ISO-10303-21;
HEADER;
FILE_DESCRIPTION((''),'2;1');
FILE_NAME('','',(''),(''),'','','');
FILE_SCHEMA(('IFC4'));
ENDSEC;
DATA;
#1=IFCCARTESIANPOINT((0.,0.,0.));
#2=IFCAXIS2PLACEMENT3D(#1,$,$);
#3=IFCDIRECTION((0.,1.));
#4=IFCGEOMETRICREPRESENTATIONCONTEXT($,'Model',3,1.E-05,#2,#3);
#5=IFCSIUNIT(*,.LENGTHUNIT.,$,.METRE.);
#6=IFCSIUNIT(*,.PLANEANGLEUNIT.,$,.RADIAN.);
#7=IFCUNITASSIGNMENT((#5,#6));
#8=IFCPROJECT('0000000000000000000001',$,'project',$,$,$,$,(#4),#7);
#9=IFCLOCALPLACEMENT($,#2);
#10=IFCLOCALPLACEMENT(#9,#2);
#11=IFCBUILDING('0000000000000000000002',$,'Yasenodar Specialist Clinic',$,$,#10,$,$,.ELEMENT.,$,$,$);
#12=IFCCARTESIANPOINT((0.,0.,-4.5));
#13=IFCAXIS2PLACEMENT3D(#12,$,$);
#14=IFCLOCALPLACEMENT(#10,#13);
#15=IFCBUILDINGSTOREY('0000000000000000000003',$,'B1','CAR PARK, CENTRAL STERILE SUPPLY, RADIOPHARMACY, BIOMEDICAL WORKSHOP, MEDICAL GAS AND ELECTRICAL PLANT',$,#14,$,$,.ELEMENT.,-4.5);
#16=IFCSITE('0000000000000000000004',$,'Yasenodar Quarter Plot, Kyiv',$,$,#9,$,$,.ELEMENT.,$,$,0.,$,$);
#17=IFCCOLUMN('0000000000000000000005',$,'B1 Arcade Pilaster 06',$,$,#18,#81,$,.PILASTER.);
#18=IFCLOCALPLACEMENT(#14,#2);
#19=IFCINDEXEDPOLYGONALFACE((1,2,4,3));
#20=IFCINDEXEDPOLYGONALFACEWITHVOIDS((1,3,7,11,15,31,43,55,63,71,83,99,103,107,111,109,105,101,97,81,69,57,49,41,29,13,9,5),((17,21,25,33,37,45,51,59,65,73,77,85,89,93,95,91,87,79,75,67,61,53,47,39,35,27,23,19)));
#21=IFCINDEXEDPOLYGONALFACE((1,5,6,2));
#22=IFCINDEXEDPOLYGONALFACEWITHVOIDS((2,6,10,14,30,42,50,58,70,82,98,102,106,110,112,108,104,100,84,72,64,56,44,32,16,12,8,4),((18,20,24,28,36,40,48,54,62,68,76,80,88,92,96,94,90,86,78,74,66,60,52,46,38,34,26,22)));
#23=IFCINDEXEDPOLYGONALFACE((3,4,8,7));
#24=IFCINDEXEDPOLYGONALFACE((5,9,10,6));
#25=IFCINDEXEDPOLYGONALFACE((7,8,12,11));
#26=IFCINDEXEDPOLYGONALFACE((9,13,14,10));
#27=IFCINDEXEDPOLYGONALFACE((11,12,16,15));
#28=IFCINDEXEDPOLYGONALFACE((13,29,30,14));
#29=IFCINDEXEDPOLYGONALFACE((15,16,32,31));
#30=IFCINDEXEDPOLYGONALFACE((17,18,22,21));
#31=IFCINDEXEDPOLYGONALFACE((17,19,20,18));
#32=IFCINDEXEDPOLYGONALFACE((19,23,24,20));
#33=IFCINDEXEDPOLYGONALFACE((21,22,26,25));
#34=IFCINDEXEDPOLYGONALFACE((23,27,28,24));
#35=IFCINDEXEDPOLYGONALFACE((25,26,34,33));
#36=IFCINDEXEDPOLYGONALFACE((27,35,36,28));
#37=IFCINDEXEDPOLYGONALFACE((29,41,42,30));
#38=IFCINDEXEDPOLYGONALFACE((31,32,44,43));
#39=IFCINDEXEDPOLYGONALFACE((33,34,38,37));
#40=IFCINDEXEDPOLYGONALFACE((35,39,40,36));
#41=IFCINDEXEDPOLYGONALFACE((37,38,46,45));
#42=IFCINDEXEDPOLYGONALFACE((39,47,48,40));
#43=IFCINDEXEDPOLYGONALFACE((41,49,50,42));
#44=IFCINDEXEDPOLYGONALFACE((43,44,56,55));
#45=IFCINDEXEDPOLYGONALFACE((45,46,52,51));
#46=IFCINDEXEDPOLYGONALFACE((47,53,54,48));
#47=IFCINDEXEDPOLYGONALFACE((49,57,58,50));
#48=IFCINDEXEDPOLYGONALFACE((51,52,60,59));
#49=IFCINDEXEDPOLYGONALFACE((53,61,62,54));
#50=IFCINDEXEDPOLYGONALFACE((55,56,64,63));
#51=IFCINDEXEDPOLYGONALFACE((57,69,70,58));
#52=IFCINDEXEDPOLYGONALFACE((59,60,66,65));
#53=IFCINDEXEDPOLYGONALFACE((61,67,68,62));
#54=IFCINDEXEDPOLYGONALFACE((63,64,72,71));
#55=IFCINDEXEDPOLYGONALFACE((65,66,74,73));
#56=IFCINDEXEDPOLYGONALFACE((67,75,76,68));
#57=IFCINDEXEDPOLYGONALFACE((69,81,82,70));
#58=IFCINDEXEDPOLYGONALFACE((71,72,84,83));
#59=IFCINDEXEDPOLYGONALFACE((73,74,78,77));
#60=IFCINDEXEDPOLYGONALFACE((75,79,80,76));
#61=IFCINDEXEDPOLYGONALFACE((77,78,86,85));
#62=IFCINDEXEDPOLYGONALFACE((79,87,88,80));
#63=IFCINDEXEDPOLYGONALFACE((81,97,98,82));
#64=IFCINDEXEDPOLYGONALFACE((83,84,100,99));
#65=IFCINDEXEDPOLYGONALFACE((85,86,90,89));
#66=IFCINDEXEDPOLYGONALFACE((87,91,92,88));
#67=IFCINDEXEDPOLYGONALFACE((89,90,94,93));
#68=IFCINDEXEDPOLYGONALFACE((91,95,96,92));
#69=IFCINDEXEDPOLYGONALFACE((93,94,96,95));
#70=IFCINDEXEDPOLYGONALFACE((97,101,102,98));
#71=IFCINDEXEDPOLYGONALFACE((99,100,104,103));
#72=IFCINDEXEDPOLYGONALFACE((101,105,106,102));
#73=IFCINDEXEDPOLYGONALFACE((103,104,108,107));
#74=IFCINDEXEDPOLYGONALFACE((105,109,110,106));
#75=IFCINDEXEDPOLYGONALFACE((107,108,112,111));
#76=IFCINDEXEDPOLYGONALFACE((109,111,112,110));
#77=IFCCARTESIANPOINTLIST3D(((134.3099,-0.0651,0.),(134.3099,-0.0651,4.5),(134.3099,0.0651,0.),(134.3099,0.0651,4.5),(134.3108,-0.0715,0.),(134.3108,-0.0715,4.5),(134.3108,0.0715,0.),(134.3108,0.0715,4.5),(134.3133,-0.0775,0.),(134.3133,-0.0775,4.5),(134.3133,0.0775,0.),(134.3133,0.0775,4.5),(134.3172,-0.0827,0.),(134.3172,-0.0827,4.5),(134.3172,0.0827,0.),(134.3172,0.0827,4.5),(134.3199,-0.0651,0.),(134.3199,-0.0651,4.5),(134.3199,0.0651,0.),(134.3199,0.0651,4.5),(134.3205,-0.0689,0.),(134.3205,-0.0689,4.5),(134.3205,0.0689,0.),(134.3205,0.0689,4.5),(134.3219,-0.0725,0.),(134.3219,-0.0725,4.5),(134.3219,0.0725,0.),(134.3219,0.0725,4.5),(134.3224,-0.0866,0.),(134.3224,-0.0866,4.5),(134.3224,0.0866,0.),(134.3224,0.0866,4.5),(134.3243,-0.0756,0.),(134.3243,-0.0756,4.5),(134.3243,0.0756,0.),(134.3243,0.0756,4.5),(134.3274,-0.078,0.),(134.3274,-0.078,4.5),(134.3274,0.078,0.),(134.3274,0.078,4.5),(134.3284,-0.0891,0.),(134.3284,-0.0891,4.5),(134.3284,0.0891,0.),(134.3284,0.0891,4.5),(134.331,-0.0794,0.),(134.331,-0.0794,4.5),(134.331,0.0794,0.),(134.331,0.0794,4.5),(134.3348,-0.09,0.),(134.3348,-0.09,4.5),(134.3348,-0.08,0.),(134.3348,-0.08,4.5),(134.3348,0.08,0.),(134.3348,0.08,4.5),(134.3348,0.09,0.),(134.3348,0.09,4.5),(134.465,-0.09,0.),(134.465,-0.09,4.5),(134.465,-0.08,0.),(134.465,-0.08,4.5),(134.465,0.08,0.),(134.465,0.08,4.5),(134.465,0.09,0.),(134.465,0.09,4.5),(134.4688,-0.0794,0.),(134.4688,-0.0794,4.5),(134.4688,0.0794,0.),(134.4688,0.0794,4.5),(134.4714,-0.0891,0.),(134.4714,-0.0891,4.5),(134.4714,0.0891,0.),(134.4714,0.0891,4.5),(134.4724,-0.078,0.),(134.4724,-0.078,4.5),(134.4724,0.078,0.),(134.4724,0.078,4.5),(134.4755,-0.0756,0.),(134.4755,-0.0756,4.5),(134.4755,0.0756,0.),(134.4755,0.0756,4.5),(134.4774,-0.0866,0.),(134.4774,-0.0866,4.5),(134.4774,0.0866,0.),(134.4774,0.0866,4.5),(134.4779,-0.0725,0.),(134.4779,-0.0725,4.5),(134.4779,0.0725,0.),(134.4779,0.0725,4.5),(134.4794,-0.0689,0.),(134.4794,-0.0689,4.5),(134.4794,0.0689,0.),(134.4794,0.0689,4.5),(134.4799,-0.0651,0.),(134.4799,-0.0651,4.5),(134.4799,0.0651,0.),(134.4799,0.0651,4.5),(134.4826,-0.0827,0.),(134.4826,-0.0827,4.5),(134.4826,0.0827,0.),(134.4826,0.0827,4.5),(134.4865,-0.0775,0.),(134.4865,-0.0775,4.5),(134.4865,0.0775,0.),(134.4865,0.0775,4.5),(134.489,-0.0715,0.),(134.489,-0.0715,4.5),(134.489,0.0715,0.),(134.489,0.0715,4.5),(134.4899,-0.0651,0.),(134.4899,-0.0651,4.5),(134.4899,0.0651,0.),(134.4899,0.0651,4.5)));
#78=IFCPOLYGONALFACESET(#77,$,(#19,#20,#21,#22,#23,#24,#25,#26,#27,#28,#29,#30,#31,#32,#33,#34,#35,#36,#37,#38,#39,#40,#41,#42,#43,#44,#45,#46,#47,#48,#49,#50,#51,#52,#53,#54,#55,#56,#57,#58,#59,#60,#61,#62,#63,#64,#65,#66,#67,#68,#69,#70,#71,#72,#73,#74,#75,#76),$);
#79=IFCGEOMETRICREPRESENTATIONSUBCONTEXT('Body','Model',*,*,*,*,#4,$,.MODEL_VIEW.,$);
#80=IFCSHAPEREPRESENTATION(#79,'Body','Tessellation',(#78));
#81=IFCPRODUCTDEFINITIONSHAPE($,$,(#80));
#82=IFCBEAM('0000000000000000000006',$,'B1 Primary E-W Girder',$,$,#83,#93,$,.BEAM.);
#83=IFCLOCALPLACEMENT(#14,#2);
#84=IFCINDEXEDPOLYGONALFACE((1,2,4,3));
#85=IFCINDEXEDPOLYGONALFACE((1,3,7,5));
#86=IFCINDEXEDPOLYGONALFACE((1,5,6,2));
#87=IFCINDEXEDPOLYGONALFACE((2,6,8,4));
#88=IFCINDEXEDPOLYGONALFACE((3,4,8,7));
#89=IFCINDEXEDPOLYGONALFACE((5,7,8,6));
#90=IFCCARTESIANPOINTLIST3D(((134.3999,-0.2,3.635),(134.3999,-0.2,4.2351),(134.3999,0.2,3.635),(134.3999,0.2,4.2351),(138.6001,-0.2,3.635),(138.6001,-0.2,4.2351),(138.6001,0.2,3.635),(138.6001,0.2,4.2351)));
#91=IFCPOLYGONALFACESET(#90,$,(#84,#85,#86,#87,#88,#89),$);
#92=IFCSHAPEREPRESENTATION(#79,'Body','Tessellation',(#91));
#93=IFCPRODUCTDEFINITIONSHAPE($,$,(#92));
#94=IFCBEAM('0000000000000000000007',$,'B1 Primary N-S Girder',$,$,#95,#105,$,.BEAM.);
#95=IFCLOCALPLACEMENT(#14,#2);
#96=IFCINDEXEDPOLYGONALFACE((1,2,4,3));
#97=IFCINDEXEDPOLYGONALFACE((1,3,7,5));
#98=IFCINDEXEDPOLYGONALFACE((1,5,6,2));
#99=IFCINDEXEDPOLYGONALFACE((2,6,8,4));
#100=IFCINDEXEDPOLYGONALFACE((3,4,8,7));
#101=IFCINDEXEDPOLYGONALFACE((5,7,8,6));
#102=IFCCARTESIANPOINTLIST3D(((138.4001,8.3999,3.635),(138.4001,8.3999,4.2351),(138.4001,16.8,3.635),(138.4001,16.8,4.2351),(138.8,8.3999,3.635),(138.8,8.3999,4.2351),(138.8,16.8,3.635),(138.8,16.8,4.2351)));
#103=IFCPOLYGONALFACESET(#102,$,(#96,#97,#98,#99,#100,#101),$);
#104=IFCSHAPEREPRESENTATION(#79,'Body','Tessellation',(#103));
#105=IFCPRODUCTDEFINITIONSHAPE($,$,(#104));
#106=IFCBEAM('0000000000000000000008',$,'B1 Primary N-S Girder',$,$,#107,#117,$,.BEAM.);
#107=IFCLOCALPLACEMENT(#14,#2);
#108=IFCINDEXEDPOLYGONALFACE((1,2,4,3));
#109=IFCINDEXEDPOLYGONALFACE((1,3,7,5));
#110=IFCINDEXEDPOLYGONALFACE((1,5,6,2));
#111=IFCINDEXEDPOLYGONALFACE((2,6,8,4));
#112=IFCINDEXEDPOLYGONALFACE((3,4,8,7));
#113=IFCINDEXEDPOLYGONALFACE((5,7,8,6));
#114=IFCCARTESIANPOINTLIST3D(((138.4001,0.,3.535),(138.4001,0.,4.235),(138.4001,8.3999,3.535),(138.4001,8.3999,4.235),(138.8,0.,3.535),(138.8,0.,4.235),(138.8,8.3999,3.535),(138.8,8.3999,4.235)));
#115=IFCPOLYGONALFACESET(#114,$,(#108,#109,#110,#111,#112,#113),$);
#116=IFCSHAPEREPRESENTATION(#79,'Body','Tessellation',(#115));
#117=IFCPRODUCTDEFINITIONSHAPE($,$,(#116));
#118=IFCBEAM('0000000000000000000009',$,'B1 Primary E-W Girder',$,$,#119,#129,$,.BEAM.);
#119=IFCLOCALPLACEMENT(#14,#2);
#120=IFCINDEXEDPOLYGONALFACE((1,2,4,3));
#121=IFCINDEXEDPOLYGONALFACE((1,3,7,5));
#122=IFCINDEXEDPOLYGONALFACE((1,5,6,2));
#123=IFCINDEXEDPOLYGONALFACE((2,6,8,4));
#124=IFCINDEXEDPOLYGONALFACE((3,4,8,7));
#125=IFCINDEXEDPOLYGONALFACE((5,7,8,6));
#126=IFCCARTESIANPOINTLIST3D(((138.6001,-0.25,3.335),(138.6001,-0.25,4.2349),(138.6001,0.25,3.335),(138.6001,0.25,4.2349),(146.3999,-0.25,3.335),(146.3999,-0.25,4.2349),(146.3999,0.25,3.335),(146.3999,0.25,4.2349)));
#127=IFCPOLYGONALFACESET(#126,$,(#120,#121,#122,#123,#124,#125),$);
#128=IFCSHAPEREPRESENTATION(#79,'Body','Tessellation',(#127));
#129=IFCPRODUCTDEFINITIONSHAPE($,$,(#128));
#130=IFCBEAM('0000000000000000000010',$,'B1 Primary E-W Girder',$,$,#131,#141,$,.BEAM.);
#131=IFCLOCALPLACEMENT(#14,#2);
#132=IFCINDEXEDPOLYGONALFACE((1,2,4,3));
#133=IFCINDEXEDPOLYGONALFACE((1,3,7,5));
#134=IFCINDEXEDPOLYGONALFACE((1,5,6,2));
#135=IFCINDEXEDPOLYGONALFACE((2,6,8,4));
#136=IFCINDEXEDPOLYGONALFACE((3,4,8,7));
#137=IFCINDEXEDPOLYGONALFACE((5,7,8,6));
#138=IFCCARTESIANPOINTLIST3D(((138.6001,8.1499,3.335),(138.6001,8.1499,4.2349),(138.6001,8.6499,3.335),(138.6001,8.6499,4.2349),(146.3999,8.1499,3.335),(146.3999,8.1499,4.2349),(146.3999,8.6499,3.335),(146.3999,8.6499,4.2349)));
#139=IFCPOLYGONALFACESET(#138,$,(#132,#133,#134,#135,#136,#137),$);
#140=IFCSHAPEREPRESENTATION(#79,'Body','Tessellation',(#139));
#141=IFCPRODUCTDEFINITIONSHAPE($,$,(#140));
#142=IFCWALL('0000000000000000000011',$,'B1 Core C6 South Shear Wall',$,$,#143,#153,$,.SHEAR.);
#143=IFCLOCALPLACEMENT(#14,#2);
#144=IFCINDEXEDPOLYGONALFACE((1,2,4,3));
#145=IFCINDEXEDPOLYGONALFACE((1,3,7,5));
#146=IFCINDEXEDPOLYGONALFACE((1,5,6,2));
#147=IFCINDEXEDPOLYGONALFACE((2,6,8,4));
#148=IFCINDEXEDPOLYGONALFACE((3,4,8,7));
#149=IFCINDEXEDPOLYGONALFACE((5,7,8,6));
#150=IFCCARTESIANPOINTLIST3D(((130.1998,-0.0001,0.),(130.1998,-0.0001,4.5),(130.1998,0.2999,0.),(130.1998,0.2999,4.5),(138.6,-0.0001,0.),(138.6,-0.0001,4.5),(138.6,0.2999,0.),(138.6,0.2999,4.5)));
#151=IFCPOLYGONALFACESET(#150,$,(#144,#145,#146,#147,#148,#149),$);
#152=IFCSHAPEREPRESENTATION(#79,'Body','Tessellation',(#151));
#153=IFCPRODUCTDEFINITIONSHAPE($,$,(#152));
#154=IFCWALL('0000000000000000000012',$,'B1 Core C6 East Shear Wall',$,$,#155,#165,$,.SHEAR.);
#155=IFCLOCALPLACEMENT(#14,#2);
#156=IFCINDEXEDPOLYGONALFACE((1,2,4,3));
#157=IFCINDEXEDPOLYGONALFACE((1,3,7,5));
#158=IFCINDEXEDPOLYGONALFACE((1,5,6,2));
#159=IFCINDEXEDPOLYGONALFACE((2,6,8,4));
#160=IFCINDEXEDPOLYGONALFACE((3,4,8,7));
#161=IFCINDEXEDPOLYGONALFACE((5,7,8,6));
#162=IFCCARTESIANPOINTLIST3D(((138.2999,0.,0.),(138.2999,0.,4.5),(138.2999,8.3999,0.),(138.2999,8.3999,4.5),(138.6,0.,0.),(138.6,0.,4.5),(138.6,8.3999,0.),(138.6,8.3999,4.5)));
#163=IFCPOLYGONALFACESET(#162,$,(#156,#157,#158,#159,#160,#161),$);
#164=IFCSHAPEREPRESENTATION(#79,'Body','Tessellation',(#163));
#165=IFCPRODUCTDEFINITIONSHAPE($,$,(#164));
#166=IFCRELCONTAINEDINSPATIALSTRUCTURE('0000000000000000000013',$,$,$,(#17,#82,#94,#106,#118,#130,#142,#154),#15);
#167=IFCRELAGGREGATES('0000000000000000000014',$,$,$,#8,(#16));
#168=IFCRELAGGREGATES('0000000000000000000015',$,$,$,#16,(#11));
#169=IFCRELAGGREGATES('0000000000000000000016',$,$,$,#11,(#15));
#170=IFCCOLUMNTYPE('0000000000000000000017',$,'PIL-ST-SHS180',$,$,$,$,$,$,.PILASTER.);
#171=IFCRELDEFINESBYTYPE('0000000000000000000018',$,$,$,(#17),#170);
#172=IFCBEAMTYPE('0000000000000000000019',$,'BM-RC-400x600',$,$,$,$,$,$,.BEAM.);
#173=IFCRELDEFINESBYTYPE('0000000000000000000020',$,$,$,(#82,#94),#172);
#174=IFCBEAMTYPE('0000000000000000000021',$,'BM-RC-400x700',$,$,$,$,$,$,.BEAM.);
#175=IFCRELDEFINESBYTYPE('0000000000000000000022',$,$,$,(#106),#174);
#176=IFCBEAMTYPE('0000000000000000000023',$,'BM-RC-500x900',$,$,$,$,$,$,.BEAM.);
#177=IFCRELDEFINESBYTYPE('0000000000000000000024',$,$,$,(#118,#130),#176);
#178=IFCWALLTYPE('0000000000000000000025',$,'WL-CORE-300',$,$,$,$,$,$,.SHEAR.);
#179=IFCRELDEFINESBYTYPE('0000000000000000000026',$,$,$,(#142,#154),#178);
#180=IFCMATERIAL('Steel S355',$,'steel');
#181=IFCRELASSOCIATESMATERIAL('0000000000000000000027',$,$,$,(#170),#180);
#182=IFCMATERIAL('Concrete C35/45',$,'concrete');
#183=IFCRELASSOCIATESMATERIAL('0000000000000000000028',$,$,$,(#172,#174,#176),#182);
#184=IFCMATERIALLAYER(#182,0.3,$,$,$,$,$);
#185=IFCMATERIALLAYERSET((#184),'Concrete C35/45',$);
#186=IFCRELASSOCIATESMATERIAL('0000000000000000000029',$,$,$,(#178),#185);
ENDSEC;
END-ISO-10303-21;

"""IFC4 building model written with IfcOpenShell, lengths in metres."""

from ifc_helpers import new_model, si_unit, direction, frame, frame_2d, origin, origin_2d, place, context, subcontext, project, spatial, rectangle, hollow_rectangle, extrude, material, layer, layer_set, material_profile, profile_set, type_object, element, save


model = new_model("IFC4")

# Units and contexts
model_context = context("Model", 3, precision=1e-05, world=origin(), true_north=direction((0.0, 1.0)))
body_context = subcontext(model_context, "Body", "Model", "MODEL_VIEW")
ifc_project = project(units=[si_unit("LENGTHUNIT", "METRE"), si_unit("PLANEANGLEUNIT", "RADIAN")], contexts=[model_context])

# Site, building, storey
site_placement = place(None, origin())
site = spatial("IfcSite", under=ifc_project, at=site_placement, Name="Yasenodar Quarter Plot, Kyiv", CompositionType="ELEMENT", RefElevation=0.0)
building_placement = place(site_placement, origin())
building = spatial("IfcBuilding", under=site, at=building_placement, Name="Yasenodar Specialist Clinic", CompositionType="ELEMENT")
storey_placement = place(building_placement, frame((0.0, 0.0, -4.5)))
storey = spatial("IfcBuildingStorey", under=building, at=storey_placement, Name="B1", Description="CAR PARK, CENTRAL STERILE SUPPLY, RADIOPHARMACY, BIOMEDICAL WORKSHOP, MEDICAL GAS AND ELECTRICAL PLANT", CompositionType="ELEMENT", Elevation=-4.5)

# Shared definitions
ifc_material_1 = material(Name="Concrete C35/45", Category="concrete")

# Column
ifc_material_2 = material(Name="Steel S355", Category="steel")
ifc_material_profile_1 = material_profile(ifc_material_2, hollow_rectangle(XDim=0.1799, YDim=0.1799, WallThickness=0.01, InnerFilletRadius=0.0149, OuterFilletRadius=0.0249, at=origin_2d()), Name="SHS 180x180x10")
ifc_profile_set_1 = profile_set([ifc_material_profile_1], Name="Steel S355")
column_type_1 = type_object("IfcColumnType", Name="PIL-ST-SHS180", PredefinedType="PILASTER", material=ifc_profile_set_1)
column_1_placement = place(storey_placement, frame((134.3999, 0.0, 0.0), z_axis=(0.0, 0.0, 1.0), x_axis=(1.0, 0.0, 0.0)))
element("IfcColumn", 1, at=column_1_placement, inside=storey, type_object=column_type_1, Name="B1 Arcade Pilaster 06", PredefinedType="PILASTER", context=body_context, shape_type="SweptSolid", body=[
    extrude(hollow_rectangle(XDim=0.1799, YDim=0.1799, WallThickness=0.01, InnerFilletRadius=0.0149, OuterFilletRadius=0.0249, at=origin_2d()), origin(), (0.0, 0.0, 1.0), 4.5),
])

# Beams
ifc_material_profile_2 = material_profile(ifc_material_1, rectangle(XDim=0.3999, YDim=0.6001, at=origin_2d()), Name="RC 400x600")
ifc_profile_set_2 = profile_set([ifc_material_profile_2], Name="Concrete C35/45")
beam_type_1 = type_object("IfcBeamType", Name="BM-RC-400x600", PredefinedType="BEAM", material=ifc_profile_set_2)
beam_1_placement = place(storey_placement, frame((134.3999, 0.0, 3.9351), z_axis=(1.0, 0.0, 0.0), x_axis=(0.0, 1.0, 0.0)))
element("IfcBeam", 2, at=beam_1_placement, inside=storey, type_object=beam_type_1, Name="B1 Primary E-W Girder", PredefinedType="BEAM", context=body_context, shape_type="SweptSolid", body=[
    extrude(rectangle(XDim=0.3999, YDim=0.6001, at=origin_2d()), origin(), (0.0, 0.0, 1.0), 4.2002),
])
beam_2_placement = place(storey_placement, frame((138.6001, 8.3999, 3.9351), z_axis=(0.0, 1.0, 0.0), x_axis=(-1.0, 0.0, 0.0)))
element("IfcBeam", 3, at=beam_2_placement, inside=storey, type_object=beam_type_1, Name="B1 Primary N-S Girder", PredefinedType="BEAM", context=body_context, shape_type="SweptSolid", body=[
    extrude(rectangle(XDim=0.3999, YDim=0.6001, at=origin_2d()), origin(), (0.0, 0.0, 1.0), 8.4001),
])
ifc_material_profile_3 = material_profile(ifc_material_1, rectangle(XDim=0.3999, YDim=0.7, at=origin_2d()), Name="RC 400x700")
ifc_profile_set_3 = profile_set([ifc_material_profile_3], Name="Concrete C35/45")
beam_type_2 = type_object("IfcBeamType", Name="BM-RC-400x700", PredefinedType="BEAM", material=ifc_profile_set_3)
beam_3_placement = place(storey_placement, frame((138.6001, 0.0, 3.885), z_axis=(0.0, 1.0, 0.0), x_axis=(-1.0, 0.0, 0.0)))
element("IfcBeam", 4, at=beam_3_placement, inside=storey, type_object=beam_type_2, Name="B1 Primary N-S Girder", PredefinedType="BEAM", context=body_context, shape_type="SweptSolid", body=[
    extrude(rectangle(XDim=0.3999, YDim=0.7, at=origin_2d()), origin(), (0.0, 0.0, 1.0), 8.3999),
])
ifc_material_profile_4 = material_profile(ifc_material_1, rectangle(XDim=0.5, YDim=0.8999, at=origin_2d()), Name="RC 500x900")
ifc_profile_set_4 = profile_set([ifc_material_profile_4], Name="Concrete C35/45")
beam_type_3 = type_object("IfcBeamType", Name="BM-RC-500x900", PredefinedType="BEAM", material=ifc_profile_set_4)
for number, where, z_axis, x_axis, name in (
    (5, (138.6001, 0.0, 3.7849), (1.0, 0.0, 0.0), (0.0, 1.0, 0.0), "B1 Primary E-W Girder"),
    (6, (138.6001, 8.3999, 3.7849), (1.0, 0.0, 0.0), (0.0, 1.0, 0.0), "B1 Primary E-W Girder"),
):
    element("IfcBeam", number, at=place(storey_placement, frame(where, z_axis=z_axis, x_axis=x_axis)), inside=storey, type_object=beam_type_3, Name=name, PredefinedType="BEAM", context=body_context, shape_type="SweptSolid", body=[
        extrude(rectangle(XDim=0.5, YDim=0.8999, at=origin_2d()), origin(), (0.0, 0.0, 1.0), 7.7998),
    ])

# Walls
ifc_layer = layer(ifc_material_1, 0.3)
ifc_layer_set = layer_set([ifc_layer], Name="Concrete C35/45")
wall_type = type_object("IfcWallType", Name="WL-CORE-300", PredefinedType="SHEAR", material=ifc_layer_set)
wall_1_placement = place(storey_placement, frame((138.6001, 0.1499, 0.0), z_axis=(0.0, 0.0, 1.0), x_axis=(-1.0, 0.0, 0.0)))
element("IfcWall", 7, at=wall_1_placement, inside=storey, type_object=wall_type, Name="B1 Core C6 South Shear Wall", PredefinedType="SHEAR", context=body_context, shape_type="SweptSolid", body=[
    extrude(rectangle(XDim=8.4001, YDim=0.3, at=frame_2d((4.2002, 0.0))), origin(), (0.0, 0.0, 1.0), 4.5),
])
wall_2_placement = place(storey_placement, frame((138.45, 0.0, 0.0), z_axis=(0.0, 0.0, 1.0), x_axis=(0.0, 1.0, 0.0)))
element("IfcWall", 8, at=wall_2_placement, inside=storey, type_object=wall_type, Name="B1 Core C6 East Shear Wall", PredefinedType="SHEAR", context=body_context, shape_type="SweptSolid", body=[
    extrude(rectangle(XDim=8.3999, YDim=0.3, at=frame_2d((4.2, 0.0))), origin(), (0.0, 0.0, 1.0), 4.5),
])

save(model, "model.ifc")
